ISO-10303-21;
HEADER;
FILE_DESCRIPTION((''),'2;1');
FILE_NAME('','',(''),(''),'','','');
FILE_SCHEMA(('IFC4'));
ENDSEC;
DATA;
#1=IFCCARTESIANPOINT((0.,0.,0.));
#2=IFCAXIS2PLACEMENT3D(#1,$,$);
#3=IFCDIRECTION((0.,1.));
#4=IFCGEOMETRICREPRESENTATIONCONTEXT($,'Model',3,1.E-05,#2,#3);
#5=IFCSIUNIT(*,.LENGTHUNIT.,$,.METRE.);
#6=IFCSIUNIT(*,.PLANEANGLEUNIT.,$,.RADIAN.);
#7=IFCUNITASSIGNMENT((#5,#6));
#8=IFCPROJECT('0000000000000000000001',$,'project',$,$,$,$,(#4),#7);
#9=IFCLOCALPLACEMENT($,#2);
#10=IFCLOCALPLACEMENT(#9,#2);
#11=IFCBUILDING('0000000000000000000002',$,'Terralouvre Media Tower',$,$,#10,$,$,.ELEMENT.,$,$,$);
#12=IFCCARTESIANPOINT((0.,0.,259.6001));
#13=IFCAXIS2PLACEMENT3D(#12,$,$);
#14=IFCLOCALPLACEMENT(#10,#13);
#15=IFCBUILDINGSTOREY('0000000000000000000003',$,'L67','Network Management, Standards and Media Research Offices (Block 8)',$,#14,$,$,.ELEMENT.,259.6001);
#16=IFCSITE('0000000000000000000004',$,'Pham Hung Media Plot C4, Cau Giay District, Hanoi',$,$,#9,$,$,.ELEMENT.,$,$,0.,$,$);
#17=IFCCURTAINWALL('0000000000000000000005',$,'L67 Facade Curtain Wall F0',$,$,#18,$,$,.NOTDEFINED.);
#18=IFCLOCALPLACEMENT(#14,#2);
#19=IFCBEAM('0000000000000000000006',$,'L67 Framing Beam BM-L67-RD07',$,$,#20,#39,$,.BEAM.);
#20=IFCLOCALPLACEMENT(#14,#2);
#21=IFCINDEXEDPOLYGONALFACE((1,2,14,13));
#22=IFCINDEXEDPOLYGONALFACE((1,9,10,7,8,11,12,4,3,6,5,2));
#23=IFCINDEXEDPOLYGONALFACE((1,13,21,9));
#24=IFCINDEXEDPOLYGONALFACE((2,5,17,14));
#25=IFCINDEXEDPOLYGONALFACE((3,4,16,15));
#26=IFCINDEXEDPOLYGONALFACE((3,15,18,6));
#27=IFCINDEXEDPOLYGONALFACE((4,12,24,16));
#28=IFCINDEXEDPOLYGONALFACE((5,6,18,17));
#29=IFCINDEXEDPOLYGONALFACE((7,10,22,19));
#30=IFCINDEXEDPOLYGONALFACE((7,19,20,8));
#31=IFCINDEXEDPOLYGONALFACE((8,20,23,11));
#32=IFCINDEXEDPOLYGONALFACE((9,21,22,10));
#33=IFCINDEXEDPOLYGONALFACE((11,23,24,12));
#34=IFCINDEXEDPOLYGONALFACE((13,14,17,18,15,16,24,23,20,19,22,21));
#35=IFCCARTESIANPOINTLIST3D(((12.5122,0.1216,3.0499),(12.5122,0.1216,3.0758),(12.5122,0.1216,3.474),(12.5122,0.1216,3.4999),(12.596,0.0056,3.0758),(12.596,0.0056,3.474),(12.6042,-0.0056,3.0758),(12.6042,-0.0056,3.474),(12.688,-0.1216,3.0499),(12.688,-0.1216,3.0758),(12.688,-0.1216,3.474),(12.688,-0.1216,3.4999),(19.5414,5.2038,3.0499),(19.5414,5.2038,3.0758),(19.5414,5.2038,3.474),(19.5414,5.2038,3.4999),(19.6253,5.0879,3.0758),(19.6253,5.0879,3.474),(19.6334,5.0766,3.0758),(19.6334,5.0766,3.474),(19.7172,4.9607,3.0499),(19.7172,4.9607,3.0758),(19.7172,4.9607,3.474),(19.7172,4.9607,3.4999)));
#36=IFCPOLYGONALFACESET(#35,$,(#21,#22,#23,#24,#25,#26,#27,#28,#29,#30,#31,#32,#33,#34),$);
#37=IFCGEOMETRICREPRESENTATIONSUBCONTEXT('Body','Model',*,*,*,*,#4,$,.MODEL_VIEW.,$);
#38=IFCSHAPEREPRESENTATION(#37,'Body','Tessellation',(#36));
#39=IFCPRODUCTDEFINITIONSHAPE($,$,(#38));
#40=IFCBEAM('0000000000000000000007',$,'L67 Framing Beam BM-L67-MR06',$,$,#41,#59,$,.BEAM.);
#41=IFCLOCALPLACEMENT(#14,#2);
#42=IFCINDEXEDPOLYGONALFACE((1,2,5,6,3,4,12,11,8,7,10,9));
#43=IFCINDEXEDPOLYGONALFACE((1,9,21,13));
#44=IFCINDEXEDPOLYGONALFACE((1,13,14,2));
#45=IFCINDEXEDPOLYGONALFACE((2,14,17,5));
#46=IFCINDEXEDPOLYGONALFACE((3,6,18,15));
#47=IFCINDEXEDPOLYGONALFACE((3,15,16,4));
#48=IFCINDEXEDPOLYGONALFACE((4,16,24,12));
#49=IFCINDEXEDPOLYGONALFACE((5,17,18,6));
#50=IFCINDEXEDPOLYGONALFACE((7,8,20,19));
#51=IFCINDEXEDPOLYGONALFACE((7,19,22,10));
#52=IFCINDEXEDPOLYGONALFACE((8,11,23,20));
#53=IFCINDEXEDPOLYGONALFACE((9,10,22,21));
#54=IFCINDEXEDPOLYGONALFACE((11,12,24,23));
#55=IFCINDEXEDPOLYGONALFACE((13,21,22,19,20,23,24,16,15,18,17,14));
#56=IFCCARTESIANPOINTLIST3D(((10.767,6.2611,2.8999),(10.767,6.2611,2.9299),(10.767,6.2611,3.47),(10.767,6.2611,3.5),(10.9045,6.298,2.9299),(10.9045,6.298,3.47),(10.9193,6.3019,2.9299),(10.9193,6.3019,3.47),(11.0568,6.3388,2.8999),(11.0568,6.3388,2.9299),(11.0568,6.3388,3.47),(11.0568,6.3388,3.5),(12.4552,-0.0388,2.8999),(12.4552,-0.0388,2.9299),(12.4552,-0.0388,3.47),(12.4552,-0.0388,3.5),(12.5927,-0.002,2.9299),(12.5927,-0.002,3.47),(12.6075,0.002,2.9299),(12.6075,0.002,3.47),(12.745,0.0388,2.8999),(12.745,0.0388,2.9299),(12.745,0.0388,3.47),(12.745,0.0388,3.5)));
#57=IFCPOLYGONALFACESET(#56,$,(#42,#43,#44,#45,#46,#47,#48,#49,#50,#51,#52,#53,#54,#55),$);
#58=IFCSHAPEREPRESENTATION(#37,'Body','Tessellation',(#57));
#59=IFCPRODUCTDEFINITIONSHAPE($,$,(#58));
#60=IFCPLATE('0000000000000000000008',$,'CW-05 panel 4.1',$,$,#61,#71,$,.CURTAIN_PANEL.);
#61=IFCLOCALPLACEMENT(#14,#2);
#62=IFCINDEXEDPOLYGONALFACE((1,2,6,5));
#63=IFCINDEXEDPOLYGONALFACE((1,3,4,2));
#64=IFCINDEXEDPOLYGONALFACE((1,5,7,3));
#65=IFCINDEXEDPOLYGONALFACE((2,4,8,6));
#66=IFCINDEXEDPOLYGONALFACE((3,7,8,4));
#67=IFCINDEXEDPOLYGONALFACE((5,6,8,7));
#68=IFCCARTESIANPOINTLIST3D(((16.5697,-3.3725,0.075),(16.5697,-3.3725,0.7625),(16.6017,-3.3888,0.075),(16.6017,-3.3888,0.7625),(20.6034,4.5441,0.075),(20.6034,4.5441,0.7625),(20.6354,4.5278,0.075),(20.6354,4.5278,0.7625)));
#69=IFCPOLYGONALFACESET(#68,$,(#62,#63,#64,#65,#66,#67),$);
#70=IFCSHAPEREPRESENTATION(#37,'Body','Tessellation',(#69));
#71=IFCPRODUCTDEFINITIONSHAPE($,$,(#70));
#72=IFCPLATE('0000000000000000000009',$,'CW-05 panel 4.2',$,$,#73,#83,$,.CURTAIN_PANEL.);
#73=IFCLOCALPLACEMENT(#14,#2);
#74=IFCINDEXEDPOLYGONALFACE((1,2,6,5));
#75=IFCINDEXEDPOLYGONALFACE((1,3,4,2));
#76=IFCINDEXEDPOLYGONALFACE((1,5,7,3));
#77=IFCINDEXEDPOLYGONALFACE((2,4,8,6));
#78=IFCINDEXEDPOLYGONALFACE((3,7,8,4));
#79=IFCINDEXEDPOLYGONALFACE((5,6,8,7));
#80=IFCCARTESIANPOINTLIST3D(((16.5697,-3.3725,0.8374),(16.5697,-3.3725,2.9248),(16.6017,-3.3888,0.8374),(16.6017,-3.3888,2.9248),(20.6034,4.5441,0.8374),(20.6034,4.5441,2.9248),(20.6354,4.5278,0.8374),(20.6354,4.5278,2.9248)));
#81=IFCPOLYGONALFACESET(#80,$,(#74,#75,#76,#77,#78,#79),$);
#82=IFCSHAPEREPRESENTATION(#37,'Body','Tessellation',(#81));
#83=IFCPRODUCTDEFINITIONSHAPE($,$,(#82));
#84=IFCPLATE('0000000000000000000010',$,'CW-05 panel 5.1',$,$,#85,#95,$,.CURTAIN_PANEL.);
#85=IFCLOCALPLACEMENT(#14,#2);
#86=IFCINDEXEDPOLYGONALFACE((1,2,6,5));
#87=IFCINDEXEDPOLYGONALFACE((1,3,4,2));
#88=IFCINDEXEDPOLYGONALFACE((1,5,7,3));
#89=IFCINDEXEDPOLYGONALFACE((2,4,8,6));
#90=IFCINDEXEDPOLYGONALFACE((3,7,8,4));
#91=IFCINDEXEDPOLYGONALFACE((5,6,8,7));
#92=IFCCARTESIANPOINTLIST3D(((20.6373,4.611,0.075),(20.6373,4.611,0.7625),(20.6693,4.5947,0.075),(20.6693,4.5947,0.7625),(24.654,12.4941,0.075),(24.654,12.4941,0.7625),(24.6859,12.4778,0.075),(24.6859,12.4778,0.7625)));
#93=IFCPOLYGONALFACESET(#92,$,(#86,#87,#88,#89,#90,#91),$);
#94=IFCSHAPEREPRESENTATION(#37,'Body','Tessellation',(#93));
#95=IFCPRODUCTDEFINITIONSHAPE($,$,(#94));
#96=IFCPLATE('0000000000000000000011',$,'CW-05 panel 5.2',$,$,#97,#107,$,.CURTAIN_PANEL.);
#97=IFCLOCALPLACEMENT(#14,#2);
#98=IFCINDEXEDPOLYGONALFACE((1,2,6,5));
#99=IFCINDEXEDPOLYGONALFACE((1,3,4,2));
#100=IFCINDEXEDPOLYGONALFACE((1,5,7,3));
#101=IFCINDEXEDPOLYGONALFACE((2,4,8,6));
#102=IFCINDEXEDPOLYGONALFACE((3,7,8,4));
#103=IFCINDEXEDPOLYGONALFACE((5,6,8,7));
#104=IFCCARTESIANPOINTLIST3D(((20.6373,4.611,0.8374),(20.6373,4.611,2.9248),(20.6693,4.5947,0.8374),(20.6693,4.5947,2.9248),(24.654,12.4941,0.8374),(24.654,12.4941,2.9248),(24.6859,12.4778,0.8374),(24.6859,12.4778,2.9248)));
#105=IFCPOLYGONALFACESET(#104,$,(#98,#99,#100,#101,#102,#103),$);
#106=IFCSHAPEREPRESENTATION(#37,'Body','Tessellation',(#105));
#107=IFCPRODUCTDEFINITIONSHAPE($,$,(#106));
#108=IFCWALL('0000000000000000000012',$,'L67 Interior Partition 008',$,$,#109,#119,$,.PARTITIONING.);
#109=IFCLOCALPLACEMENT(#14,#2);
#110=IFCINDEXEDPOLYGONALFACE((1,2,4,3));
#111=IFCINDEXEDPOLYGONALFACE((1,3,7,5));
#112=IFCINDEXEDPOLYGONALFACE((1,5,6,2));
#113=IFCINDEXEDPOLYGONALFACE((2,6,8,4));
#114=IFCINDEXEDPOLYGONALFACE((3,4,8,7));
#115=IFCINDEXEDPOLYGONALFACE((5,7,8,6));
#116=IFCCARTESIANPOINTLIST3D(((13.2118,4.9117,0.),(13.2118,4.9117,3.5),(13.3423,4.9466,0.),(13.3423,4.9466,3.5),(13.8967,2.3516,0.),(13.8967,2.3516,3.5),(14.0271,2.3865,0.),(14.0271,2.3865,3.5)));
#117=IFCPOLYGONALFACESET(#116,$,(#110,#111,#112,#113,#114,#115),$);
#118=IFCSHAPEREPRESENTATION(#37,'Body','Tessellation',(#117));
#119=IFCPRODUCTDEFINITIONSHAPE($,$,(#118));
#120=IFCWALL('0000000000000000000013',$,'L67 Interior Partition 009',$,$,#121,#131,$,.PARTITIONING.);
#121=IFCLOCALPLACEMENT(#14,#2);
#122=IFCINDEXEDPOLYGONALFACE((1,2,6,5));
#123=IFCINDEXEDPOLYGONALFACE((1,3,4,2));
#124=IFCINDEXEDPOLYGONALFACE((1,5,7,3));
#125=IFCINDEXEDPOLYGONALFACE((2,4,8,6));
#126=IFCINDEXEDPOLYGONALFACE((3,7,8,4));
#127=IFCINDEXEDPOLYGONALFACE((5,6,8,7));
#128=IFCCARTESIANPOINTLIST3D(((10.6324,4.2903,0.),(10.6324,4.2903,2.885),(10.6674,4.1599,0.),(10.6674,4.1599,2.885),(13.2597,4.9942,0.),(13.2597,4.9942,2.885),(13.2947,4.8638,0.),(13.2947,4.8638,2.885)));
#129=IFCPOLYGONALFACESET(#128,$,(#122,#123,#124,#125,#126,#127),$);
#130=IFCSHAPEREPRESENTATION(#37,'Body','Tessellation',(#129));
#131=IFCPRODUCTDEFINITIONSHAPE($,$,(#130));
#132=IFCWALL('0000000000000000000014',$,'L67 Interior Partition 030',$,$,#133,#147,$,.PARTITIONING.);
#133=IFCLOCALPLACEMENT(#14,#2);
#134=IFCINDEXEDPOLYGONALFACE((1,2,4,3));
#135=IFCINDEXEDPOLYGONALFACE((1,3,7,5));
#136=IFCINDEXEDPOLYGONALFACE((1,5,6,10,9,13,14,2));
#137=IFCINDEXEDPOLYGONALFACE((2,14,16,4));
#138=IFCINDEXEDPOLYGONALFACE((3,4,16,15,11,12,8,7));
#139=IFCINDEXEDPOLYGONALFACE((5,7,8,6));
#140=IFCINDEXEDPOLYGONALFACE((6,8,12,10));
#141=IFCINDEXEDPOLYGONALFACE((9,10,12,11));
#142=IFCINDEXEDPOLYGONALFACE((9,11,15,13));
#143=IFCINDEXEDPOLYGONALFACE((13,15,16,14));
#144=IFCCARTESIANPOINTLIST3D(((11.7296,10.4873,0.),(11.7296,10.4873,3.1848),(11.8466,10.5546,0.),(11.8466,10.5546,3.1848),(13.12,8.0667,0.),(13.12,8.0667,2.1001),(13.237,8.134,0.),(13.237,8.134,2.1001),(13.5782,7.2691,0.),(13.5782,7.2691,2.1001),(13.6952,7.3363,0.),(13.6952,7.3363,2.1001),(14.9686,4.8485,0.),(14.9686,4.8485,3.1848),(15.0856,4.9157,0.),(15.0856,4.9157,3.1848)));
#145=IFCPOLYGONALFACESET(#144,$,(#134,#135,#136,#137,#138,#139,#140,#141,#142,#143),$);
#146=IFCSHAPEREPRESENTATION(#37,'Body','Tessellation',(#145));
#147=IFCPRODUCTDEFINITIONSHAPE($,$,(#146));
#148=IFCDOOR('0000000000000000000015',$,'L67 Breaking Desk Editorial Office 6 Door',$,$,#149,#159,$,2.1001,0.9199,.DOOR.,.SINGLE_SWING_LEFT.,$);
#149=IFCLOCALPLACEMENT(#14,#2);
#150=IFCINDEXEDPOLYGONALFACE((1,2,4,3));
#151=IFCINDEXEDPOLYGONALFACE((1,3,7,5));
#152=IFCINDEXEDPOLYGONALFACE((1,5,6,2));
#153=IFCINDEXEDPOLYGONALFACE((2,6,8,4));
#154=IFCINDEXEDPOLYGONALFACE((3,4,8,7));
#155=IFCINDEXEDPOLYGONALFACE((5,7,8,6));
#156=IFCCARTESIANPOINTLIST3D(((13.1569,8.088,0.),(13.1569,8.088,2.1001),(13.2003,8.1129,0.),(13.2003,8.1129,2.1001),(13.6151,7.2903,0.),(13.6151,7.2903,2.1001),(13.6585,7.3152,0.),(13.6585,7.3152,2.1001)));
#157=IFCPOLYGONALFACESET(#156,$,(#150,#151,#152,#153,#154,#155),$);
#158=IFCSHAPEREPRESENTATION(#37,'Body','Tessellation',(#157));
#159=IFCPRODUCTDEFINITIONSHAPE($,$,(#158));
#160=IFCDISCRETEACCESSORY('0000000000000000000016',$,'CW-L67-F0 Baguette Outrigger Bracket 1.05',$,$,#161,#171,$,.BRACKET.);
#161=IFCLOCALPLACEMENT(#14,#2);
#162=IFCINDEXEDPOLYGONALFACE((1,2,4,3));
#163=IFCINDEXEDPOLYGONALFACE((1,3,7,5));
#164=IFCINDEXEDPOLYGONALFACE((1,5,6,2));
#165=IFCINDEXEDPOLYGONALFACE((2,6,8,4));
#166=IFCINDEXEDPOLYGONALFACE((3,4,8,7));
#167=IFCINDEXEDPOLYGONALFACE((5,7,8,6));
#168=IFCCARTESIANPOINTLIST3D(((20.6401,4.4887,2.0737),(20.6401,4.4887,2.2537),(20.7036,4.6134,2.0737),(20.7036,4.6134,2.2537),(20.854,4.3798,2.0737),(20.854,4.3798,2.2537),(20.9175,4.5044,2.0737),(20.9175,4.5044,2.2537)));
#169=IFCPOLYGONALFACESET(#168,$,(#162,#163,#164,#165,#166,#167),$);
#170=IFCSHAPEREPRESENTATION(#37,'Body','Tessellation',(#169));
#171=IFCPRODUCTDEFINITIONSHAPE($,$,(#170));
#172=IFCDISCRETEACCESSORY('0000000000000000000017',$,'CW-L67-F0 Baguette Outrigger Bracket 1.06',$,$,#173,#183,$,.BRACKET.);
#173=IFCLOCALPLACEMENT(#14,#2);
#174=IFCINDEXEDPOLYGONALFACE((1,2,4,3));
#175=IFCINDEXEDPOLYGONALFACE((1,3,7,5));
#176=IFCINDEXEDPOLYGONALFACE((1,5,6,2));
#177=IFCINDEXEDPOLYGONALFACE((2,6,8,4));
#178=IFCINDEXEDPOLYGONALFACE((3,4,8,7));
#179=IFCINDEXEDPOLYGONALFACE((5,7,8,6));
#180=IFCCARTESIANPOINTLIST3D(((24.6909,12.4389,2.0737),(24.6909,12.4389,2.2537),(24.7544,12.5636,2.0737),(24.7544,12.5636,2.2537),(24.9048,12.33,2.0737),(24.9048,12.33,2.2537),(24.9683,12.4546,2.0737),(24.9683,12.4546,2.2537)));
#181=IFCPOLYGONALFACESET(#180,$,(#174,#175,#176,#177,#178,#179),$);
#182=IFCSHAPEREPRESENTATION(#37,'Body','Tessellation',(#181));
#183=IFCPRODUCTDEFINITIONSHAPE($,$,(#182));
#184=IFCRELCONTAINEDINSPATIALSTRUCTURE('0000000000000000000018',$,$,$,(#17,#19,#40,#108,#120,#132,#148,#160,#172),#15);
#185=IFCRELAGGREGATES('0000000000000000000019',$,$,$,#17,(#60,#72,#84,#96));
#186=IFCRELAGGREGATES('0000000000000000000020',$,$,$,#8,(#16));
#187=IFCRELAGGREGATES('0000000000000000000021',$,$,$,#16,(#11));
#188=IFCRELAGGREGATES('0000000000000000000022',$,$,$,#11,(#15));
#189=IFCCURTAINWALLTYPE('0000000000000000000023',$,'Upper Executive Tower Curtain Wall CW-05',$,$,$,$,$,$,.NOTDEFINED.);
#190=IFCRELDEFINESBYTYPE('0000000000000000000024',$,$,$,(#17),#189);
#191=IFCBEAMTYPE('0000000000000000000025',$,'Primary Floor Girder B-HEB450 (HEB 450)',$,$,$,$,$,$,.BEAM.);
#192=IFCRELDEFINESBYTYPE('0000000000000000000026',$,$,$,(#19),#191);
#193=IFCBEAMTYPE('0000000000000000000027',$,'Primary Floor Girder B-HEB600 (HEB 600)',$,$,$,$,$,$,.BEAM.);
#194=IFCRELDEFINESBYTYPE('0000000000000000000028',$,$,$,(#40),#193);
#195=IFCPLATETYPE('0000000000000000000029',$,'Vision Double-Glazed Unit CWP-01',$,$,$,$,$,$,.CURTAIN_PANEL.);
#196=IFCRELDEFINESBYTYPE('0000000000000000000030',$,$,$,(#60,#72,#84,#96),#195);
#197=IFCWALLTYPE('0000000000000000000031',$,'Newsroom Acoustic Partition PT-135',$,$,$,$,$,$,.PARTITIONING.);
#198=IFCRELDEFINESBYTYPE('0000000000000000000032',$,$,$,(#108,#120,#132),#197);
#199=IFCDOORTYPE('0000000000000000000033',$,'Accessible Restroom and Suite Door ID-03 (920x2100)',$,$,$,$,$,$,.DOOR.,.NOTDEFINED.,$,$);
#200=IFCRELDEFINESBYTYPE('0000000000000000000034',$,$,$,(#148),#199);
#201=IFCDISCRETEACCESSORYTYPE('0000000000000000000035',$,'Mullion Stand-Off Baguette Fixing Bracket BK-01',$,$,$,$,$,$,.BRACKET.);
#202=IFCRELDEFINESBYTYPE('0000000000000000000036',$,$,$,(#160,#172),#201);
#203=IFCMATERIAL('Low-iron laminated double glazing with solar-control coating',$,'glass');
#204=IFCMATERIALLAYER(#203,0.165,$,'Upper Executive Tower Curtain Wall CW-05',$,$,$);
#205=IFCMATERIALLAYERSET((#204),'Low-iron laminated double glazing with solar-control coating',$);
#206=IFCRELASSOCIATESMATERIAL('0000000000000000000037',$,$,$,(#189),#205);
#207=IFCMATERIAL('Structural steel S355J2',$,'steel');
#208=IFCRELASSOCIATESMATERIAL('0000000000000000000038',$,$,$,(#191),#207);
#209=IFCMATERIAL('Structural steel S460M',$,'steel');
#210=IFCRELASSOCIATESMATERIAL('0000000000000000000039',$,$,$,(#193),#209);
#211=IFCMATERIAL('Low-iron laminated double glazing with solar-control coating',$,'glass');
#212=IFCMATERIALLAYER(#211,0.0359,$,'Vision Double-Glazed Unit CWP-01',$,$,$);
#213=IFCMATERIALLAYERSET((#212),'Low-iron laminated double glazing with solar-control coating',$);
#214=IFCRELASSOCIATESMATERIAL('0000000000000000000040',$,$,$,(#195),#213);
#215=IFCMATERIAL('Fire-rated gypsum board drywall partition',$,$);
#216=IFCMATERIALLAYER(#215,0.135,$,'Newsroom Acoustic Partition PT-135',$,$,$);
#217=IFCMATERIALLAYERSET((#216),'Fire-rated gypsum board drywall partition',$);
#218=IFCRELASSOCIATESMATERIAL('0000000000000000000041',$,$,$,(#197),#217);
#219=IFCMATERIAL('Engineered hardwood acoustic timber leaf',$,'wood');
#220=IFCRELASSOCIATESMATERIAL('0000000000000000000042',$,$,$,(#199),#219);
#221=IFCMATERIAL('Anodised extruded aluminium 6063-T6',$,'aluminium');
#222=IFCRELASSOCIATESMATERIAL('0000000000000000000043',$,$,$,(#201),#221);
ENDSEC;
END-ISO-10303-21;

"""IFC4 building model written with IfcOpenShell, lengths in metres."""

from ifc_helpers import new_model, si_unit, direction, frame, frame_2d, origin, origin_2d, place, context, subcontext, project, spatial, rectangle, i_section, extrude, material, layer, layer_set, material_profile, profile_set, type_object, element, fill, aggregate, save


model = new_model("IFC4")

# Units and contexts
model_context = context("Model", 3, precision=1e-05, world=origin(), true_north=direction((0.0, 1.0)))
body_context = subcontext(model_context, "Body", "Model", "MODEL_VIEW")
ifc_project = project(units=[si_unit("LENGTHUNIT", "METRE"), si_unit("PLANEANGLEUNIT", "RADIAN")], contexts=[model_context])

# Site, building, storey
site_placement = place(None, origin())
site = spatial("IfcSite", under=ifc_project, at=site_placement, Name="Pham Hung Media Plot C4, Cau Giay District, Hanoi", CompositionType="ELEMENT", RefElevation=0.0)
building_placement = place(site_placement, origin())
building = spatial("IfcBuilding", under=site, at=building_placement, Name="Terralouvre Media Tower", CompositionType="ELEMENT")
storey_placement = place(building_placement, frame((0.0, 0.0, 259.6001)))
storey = spatial("IfcBuildingStorey", under=building, at=storey_placement, Name="L67", Description="Network Management, Standards and Media Research Offices (Block 8)", CompositionType="ELEMENT", Elevation=259.6001)

# Curtain wall
ifc_material_1 = material(Name="Low-iron laminated double glazing with solar-control coating", Category="glass")
ifc_layer_1 = layer(ifc_material_1, 0.165, Name="Upper Executive Tower Curtain Wall CW-05")
ifc_layer_set_1 = layer_set([ifc_layer_1], Name="Low-iron laminated double glazing with solar-control coating")
curtain_wall_type_1 = type_object("IfcCurtainWallType", Name="Upper Executive Tower Curtain Wall CW-05", PredefinedType="NOTDEFINED", material=ifc_layer_set_1)
curtain_wall_1_placement = place(storey_placement, origin())
curtain_wall_1 = element("IfcCurtainWall", 1, at=curtain_wall_1_placement, inside=storey, type_object=curtain_wall_type_1, Name="L67 Facade Curtain Wall F0", PredefinedType="NOTDEFINED")

# Beams
ifc_material_2 = material(Name="Structural steel S355J2", Category="steel")
ifc_material_profile_1 = material_profile(ifc_material_2, i_section(OverallWidth=0.3, OverallDepth=0.45, WebThickness=0.0139, FlangeThickness=0.0259, at=origin_2d()), Name="HEB 450")
ifc_profile_set_1 = profile_set([ifc_material_profile_1], Name="Structural steel S355J2")
beam_type_1 = type_object("IfcBeamType", Name="Primary Floor Girder B-HEB450 (HEB 450)", PredefinedType="BEAM", material=ifc_profile_set_1)
beam_1_placement = place(storey_placement, frame((12.6001, 0.0, 3.2749), z_axis=(0.810375, 0.585912, 0.0), x_axis=(-0.585912, 0.810375, 0.0)))
element("IfcBeam", 2, at=beam_1_placement, inside=storey, type_object=beam_type_1, Name="L67 Framing Beam BM-L67-RD07", PredefinedType="BEAM", context=body_context, shape_type="SweptSolid", body=[
    extrude(i_section(OverallWidth=0.3, OverallDepth=0.45, WebThickness=0.0139, FlangeThickness=0.0259, at=origin_2d()), origin(), (0.0, 0.0, 1.0), 8.6741),
])
ifc_material_3 = material(Name="Structural steel S460M", Category="steel")
ifc_material_profile_2 = material_profile(ifc_material_3, i_section(OverallWidth=0.3, OverallDepth=0.6001, WebThickness=0.0154, FlangeThickness=0.03, at=origin_2d()), Name="HEB 600")
ifc_profile_set_2 = profile_set([ifc_material_profile_2], Name="Structural steel S460M")
beam_type_2 = type_object("IfcBeamType", Name="Primary Floor Girder B-HEB600 (HEB 600)", PredefinedType="BEAM", material=ifc_profile_set_2)
beam_2_placement = place(storey_placement, frame((12.6001, 0.0, 3.2), z_axis=(-0.258839, 0.96592, 0.0), x_axis=(-0.96592, -0.258839, 0.0)))
element("IfcBeam", 3, at=beam_2_placement, inside=storey, type_object=beam_type_2, Name="L67 Framing Beam BM-L67-MR06", PredefinedType="BEAM", context=body_context, shape_type="SweptSolid", body=[
    extrude(i_section(OverallWidth=0.3, OverallDepth=0.6001, WebThickness=0.0154, FlangeThickness=0.03, at=origin_2d()), origin(), (0.0, 0.0, 1.0), 6.5222),
])

# Plates
ifc_material_4 = material(Name="Low-iron laminated double glazing with solar-control coating", Category="glass")
ifc_layer_2 = layer(ifc_material_4, 0.0359, Name="Vision Double-Glazed Unit CWP-01")
ifc_layer_set_2 = layer_set([ifc_layer_2], Name="Low-iron laminated double glazing with solar-control coating")
plate_type = type_object("IfcPlateType", Name="Vision Double-Glazed Unit CWP-01", PredefinedType="CURTAIN_PANEL", material=ifc_layer_set_2)
plate_1_placement = place(storey_placement, frame((18.6025, 0.5776, 0.075), z_axis=(0.0, 0.0, 1.0), x_axis=(0.45399, 0.891007, 0.0)))
plate_1 = element("IfcPlate", 4, at=plate_1_placement, type_object=plate_type, Name="CW-05 panel 4.1", PredefinedType="CURTAIN_PANEL", context=body_context, shape_type="SweptSolid", body=[
    extrude(rectangle(XDim=8.885, YDim=0.0359, at=origin_2d()), origin(), (0.0, 0.0, 1.0), 0.6875),
])
plate_2_placement = place(storey_placement, frame((18.6025, 0.5776, 0.8374), z_axis=(0.0, 0.0, 1.0), x_axis=(0.45399, 0.891007, 0.0)))
plate_2 = element("IfcPlate", 5, at=plate_2_placement, type_object=plate_type, Name="CW-05 panel 4.2", PredefinedType="CURTAIN_PANEL", context=body_context, shape_type="SweptSolid", body=[
    extrude(rectangle(XDim=8.885, YDim=0.0359, at=origin_2d()), origin(), (0.0, 0.0, 1.0), 2.0874),
])
plate_3_placement = place(storey_placement, frame((22.6616, 8.5444, 0.075), z_axis=(0.0, 0.0, 1.0), x_axis=(0.45399, 0.891007, 0.0)))
plate_3 = element("IfcPlate", 6, at=plate_3_placement, type_object=plate_type, Name="CW-05 panel 5.1", PredefinedType="CURTAIN_PANEL", context=body_context, shape_type="SweptSolid", body=[
    extrude(rectangle(XDim=8.8474, YDim=0.0359, at=origin_2d()), origin(), (0.0, 0.0, 1.0), 0.6875),
])
plate_4_placement = place(storey_placement, frame((22.6616, 8.5444, 0.8374), z_axis=(0.0, 0.0, 1.0), x_axis=(0.45399, 0.891007, 0.0)))
plate_4 = element("IfcPlate", 7, at=plate_4_placement, type_object=plate_type, Name="CW-05 panel 5.2", PredefinedType="CURTAIN_PANEL", context=body_context, shape_type="SweptSolid", body=[
    extrude(rectangle(XDim=8.8474, YDim=0.0359, at=origin_2d()), origin(), (0.0, 0.0, 1.0), 2.0874),
])
aggregate(curtain_wall_1, [plate_1, plate_2, plate_3, plate_4])

# Walls
ifc_material_5 = material(Name="Fire-rated gypsum board drywall partition")
ifc_layer_3 = layer(ifc_material_5, 0.135, Name="Newsroom Acoustic Partition PT-135")
ifc_layer_set_3 = layer_set([ifc_layer_3], Name="Fire-rated gypsum board drywall partition")
wall_type = type_object("IfcWallType", Name="Newsroom Acoustic Partition PT-135", PredefinedType="PARTITIONING", material=ifc_layer_set_3)
wall_1_placement = place(storey_placement, frame((13.9619, 2.3689, 0.0), z_axis=(0.0, 0.0, 1.0), x_axis=(-0.258414, 0.966034, 0.0)))
element("IfcWall", 8, at=wall_1_placement, inside=storey, type_object=wall_type, Name="L67 Interior Partition 008", PredefinedType="PARTITIONING", context=body_context, shape_type="SweptSolid", body=[
    extrude(rectangle(XDim=2.6501, YDim=0.135, at=frame_2d((1.3252, 0.0))), origin(), (0.0, 0.0, 1.0), 3.5),
])
wall_2_placement = place(storey_placement, frame((13.2771, 4.929, 0.0), z_axis=(0.0, 0.0, 1.0), x_axis=(-0.965935, -0.258785, 0.0)))
element("IfcWall", 9, at=wall_2_placement, inside=storey, type_object=wall_type, Name="L67 Interior Partition 009", PredefinedType="PARTITIONING", context=body_context, shape_type="SweptSolid", body=[
    extrude(rectangle(XDim=2.72, YDim=0.135, at=frame_2d((1.3599, 0.0))), origin(), (0.0, 0.0, 1.0), 2.885),
])

# Wall, opening, door
wall_3_placement = place(storey_placement, frame((15.0271, 4.8821, 0.0), z_axis=(0.0, 0.0, 1.0), x_axis=(-0.498082, 0.86713, 0.0)))
wall_3 = element("IfcWall", 10, at=wall_3_placement, inside=storey, type_object=wall_type, Name="L67 Interior Partition 030", PredefinedType="PARTITIONING", context=body_context, shape_type="SweptSolid", body=[
    extrude(rectangle(XDim=6.5029, YDim=0.135, at=frame_2d((3.2515, 0.0))), origin(), (0.0, 0.0, 1.0), 3.1848),
])
opening_placement = place(wall_3_placement, frame((2.7915, 0.0, 0.0)))
opening = element("IfcOpeningElement", 11, at=opening_placement, cuts=wall_3, PredefinedType="OPENING", context=body_context, shape_type="SweptSolid", body=[
    extrude(rectangle(XDim=0.9199, YDim=2.1001, at=frame_2d((0.46, 1.05))), frame((0.0, 0.0774, 0.0), z_axis=(0.0, -1.0, 0.0), x_axis=(1.0, 0.0, 0.0)), (0.0, 0.0, 1.0), 0.155),
])
ifc_material_6 = material(Name="Engineered hardwood acoustic timber leaf", Category="wood")
door_type = type_object("IfcDoorType", Name="Accessible Restroom and Suite Door ID-03 (920x2100)", OperationType="NOTDEFINED", PredefinedType="DOOR", material=ifc_material_6)
door_placement = place(opening_placement, origin())
door = element("IfcDoor", 12, at=door_placement, inside=storey, type_object=door_type, Name="L67 Breaking Desk Editorial Office 6 Door", OperationType="SINGLE_SWING_LEFT", OverallHeight=2.1001, OverallWidth=0.9199, PredefinedType="DOOR", context=body_context, shape_type="SweptSolid", body=[
    extrude(rectangle(XDim=0.9199, YDim=2.1001, at=frame_2d((0.46, 1.05))), frame((0.0, 0.0249, 0.0), z_axis=(0.0, -1.0, 0.0), x_axis=(1.0, 0.0, 0.0)), (0.0, 0.0, 1.0), 0.05),
])
fill(opening, door)

# Discrete accessories
ifc_material_7 = material(Name="Anodised extruded aluminium 6063-T6", Category="aluminium")
discrete_accessory_type = type_object("IfcDiscreteAccessoryType", Name="Mullion Stand-Off Baguette Fixing Bracket BK-01", PredefinedType="BRACKET", material=ifc_material_7)
for number, where, z_axis, x_axis, name in (
    (13, (20.7788, 4.4966, 2.0737), (0.0, 0.0, 1.0), (0.45399, 0.891007, 0.0), "CW-L67-F0 Baguette Outrigger Bracket 1.05"),
    (14, (24.8296, 12.4468, 2.0737), (0.0, 0.0, 1.0), (0.45399, 0.891007, 0.0), "CW-L67-F0 Baguette Outrigger Bracket 1.06"),
):
    element("IfcDiscreteAccessory", number, at=place(storey_placement, frame(where, z_axis=z_axis, x_axis=x_axis)), inside=storey, type_object=discrete_accessory_type, Name=name, PredefinedType="BRACKET", context=body_context, shape_type="SweptSolid", body=[
        extrude(rectangle(XDim=0.1399, YDim=0.24, at=origin_2d()), origin(), (0.0, 0.0, 1.0), 0.1799),
    ])

save(model, "model.ifc")
